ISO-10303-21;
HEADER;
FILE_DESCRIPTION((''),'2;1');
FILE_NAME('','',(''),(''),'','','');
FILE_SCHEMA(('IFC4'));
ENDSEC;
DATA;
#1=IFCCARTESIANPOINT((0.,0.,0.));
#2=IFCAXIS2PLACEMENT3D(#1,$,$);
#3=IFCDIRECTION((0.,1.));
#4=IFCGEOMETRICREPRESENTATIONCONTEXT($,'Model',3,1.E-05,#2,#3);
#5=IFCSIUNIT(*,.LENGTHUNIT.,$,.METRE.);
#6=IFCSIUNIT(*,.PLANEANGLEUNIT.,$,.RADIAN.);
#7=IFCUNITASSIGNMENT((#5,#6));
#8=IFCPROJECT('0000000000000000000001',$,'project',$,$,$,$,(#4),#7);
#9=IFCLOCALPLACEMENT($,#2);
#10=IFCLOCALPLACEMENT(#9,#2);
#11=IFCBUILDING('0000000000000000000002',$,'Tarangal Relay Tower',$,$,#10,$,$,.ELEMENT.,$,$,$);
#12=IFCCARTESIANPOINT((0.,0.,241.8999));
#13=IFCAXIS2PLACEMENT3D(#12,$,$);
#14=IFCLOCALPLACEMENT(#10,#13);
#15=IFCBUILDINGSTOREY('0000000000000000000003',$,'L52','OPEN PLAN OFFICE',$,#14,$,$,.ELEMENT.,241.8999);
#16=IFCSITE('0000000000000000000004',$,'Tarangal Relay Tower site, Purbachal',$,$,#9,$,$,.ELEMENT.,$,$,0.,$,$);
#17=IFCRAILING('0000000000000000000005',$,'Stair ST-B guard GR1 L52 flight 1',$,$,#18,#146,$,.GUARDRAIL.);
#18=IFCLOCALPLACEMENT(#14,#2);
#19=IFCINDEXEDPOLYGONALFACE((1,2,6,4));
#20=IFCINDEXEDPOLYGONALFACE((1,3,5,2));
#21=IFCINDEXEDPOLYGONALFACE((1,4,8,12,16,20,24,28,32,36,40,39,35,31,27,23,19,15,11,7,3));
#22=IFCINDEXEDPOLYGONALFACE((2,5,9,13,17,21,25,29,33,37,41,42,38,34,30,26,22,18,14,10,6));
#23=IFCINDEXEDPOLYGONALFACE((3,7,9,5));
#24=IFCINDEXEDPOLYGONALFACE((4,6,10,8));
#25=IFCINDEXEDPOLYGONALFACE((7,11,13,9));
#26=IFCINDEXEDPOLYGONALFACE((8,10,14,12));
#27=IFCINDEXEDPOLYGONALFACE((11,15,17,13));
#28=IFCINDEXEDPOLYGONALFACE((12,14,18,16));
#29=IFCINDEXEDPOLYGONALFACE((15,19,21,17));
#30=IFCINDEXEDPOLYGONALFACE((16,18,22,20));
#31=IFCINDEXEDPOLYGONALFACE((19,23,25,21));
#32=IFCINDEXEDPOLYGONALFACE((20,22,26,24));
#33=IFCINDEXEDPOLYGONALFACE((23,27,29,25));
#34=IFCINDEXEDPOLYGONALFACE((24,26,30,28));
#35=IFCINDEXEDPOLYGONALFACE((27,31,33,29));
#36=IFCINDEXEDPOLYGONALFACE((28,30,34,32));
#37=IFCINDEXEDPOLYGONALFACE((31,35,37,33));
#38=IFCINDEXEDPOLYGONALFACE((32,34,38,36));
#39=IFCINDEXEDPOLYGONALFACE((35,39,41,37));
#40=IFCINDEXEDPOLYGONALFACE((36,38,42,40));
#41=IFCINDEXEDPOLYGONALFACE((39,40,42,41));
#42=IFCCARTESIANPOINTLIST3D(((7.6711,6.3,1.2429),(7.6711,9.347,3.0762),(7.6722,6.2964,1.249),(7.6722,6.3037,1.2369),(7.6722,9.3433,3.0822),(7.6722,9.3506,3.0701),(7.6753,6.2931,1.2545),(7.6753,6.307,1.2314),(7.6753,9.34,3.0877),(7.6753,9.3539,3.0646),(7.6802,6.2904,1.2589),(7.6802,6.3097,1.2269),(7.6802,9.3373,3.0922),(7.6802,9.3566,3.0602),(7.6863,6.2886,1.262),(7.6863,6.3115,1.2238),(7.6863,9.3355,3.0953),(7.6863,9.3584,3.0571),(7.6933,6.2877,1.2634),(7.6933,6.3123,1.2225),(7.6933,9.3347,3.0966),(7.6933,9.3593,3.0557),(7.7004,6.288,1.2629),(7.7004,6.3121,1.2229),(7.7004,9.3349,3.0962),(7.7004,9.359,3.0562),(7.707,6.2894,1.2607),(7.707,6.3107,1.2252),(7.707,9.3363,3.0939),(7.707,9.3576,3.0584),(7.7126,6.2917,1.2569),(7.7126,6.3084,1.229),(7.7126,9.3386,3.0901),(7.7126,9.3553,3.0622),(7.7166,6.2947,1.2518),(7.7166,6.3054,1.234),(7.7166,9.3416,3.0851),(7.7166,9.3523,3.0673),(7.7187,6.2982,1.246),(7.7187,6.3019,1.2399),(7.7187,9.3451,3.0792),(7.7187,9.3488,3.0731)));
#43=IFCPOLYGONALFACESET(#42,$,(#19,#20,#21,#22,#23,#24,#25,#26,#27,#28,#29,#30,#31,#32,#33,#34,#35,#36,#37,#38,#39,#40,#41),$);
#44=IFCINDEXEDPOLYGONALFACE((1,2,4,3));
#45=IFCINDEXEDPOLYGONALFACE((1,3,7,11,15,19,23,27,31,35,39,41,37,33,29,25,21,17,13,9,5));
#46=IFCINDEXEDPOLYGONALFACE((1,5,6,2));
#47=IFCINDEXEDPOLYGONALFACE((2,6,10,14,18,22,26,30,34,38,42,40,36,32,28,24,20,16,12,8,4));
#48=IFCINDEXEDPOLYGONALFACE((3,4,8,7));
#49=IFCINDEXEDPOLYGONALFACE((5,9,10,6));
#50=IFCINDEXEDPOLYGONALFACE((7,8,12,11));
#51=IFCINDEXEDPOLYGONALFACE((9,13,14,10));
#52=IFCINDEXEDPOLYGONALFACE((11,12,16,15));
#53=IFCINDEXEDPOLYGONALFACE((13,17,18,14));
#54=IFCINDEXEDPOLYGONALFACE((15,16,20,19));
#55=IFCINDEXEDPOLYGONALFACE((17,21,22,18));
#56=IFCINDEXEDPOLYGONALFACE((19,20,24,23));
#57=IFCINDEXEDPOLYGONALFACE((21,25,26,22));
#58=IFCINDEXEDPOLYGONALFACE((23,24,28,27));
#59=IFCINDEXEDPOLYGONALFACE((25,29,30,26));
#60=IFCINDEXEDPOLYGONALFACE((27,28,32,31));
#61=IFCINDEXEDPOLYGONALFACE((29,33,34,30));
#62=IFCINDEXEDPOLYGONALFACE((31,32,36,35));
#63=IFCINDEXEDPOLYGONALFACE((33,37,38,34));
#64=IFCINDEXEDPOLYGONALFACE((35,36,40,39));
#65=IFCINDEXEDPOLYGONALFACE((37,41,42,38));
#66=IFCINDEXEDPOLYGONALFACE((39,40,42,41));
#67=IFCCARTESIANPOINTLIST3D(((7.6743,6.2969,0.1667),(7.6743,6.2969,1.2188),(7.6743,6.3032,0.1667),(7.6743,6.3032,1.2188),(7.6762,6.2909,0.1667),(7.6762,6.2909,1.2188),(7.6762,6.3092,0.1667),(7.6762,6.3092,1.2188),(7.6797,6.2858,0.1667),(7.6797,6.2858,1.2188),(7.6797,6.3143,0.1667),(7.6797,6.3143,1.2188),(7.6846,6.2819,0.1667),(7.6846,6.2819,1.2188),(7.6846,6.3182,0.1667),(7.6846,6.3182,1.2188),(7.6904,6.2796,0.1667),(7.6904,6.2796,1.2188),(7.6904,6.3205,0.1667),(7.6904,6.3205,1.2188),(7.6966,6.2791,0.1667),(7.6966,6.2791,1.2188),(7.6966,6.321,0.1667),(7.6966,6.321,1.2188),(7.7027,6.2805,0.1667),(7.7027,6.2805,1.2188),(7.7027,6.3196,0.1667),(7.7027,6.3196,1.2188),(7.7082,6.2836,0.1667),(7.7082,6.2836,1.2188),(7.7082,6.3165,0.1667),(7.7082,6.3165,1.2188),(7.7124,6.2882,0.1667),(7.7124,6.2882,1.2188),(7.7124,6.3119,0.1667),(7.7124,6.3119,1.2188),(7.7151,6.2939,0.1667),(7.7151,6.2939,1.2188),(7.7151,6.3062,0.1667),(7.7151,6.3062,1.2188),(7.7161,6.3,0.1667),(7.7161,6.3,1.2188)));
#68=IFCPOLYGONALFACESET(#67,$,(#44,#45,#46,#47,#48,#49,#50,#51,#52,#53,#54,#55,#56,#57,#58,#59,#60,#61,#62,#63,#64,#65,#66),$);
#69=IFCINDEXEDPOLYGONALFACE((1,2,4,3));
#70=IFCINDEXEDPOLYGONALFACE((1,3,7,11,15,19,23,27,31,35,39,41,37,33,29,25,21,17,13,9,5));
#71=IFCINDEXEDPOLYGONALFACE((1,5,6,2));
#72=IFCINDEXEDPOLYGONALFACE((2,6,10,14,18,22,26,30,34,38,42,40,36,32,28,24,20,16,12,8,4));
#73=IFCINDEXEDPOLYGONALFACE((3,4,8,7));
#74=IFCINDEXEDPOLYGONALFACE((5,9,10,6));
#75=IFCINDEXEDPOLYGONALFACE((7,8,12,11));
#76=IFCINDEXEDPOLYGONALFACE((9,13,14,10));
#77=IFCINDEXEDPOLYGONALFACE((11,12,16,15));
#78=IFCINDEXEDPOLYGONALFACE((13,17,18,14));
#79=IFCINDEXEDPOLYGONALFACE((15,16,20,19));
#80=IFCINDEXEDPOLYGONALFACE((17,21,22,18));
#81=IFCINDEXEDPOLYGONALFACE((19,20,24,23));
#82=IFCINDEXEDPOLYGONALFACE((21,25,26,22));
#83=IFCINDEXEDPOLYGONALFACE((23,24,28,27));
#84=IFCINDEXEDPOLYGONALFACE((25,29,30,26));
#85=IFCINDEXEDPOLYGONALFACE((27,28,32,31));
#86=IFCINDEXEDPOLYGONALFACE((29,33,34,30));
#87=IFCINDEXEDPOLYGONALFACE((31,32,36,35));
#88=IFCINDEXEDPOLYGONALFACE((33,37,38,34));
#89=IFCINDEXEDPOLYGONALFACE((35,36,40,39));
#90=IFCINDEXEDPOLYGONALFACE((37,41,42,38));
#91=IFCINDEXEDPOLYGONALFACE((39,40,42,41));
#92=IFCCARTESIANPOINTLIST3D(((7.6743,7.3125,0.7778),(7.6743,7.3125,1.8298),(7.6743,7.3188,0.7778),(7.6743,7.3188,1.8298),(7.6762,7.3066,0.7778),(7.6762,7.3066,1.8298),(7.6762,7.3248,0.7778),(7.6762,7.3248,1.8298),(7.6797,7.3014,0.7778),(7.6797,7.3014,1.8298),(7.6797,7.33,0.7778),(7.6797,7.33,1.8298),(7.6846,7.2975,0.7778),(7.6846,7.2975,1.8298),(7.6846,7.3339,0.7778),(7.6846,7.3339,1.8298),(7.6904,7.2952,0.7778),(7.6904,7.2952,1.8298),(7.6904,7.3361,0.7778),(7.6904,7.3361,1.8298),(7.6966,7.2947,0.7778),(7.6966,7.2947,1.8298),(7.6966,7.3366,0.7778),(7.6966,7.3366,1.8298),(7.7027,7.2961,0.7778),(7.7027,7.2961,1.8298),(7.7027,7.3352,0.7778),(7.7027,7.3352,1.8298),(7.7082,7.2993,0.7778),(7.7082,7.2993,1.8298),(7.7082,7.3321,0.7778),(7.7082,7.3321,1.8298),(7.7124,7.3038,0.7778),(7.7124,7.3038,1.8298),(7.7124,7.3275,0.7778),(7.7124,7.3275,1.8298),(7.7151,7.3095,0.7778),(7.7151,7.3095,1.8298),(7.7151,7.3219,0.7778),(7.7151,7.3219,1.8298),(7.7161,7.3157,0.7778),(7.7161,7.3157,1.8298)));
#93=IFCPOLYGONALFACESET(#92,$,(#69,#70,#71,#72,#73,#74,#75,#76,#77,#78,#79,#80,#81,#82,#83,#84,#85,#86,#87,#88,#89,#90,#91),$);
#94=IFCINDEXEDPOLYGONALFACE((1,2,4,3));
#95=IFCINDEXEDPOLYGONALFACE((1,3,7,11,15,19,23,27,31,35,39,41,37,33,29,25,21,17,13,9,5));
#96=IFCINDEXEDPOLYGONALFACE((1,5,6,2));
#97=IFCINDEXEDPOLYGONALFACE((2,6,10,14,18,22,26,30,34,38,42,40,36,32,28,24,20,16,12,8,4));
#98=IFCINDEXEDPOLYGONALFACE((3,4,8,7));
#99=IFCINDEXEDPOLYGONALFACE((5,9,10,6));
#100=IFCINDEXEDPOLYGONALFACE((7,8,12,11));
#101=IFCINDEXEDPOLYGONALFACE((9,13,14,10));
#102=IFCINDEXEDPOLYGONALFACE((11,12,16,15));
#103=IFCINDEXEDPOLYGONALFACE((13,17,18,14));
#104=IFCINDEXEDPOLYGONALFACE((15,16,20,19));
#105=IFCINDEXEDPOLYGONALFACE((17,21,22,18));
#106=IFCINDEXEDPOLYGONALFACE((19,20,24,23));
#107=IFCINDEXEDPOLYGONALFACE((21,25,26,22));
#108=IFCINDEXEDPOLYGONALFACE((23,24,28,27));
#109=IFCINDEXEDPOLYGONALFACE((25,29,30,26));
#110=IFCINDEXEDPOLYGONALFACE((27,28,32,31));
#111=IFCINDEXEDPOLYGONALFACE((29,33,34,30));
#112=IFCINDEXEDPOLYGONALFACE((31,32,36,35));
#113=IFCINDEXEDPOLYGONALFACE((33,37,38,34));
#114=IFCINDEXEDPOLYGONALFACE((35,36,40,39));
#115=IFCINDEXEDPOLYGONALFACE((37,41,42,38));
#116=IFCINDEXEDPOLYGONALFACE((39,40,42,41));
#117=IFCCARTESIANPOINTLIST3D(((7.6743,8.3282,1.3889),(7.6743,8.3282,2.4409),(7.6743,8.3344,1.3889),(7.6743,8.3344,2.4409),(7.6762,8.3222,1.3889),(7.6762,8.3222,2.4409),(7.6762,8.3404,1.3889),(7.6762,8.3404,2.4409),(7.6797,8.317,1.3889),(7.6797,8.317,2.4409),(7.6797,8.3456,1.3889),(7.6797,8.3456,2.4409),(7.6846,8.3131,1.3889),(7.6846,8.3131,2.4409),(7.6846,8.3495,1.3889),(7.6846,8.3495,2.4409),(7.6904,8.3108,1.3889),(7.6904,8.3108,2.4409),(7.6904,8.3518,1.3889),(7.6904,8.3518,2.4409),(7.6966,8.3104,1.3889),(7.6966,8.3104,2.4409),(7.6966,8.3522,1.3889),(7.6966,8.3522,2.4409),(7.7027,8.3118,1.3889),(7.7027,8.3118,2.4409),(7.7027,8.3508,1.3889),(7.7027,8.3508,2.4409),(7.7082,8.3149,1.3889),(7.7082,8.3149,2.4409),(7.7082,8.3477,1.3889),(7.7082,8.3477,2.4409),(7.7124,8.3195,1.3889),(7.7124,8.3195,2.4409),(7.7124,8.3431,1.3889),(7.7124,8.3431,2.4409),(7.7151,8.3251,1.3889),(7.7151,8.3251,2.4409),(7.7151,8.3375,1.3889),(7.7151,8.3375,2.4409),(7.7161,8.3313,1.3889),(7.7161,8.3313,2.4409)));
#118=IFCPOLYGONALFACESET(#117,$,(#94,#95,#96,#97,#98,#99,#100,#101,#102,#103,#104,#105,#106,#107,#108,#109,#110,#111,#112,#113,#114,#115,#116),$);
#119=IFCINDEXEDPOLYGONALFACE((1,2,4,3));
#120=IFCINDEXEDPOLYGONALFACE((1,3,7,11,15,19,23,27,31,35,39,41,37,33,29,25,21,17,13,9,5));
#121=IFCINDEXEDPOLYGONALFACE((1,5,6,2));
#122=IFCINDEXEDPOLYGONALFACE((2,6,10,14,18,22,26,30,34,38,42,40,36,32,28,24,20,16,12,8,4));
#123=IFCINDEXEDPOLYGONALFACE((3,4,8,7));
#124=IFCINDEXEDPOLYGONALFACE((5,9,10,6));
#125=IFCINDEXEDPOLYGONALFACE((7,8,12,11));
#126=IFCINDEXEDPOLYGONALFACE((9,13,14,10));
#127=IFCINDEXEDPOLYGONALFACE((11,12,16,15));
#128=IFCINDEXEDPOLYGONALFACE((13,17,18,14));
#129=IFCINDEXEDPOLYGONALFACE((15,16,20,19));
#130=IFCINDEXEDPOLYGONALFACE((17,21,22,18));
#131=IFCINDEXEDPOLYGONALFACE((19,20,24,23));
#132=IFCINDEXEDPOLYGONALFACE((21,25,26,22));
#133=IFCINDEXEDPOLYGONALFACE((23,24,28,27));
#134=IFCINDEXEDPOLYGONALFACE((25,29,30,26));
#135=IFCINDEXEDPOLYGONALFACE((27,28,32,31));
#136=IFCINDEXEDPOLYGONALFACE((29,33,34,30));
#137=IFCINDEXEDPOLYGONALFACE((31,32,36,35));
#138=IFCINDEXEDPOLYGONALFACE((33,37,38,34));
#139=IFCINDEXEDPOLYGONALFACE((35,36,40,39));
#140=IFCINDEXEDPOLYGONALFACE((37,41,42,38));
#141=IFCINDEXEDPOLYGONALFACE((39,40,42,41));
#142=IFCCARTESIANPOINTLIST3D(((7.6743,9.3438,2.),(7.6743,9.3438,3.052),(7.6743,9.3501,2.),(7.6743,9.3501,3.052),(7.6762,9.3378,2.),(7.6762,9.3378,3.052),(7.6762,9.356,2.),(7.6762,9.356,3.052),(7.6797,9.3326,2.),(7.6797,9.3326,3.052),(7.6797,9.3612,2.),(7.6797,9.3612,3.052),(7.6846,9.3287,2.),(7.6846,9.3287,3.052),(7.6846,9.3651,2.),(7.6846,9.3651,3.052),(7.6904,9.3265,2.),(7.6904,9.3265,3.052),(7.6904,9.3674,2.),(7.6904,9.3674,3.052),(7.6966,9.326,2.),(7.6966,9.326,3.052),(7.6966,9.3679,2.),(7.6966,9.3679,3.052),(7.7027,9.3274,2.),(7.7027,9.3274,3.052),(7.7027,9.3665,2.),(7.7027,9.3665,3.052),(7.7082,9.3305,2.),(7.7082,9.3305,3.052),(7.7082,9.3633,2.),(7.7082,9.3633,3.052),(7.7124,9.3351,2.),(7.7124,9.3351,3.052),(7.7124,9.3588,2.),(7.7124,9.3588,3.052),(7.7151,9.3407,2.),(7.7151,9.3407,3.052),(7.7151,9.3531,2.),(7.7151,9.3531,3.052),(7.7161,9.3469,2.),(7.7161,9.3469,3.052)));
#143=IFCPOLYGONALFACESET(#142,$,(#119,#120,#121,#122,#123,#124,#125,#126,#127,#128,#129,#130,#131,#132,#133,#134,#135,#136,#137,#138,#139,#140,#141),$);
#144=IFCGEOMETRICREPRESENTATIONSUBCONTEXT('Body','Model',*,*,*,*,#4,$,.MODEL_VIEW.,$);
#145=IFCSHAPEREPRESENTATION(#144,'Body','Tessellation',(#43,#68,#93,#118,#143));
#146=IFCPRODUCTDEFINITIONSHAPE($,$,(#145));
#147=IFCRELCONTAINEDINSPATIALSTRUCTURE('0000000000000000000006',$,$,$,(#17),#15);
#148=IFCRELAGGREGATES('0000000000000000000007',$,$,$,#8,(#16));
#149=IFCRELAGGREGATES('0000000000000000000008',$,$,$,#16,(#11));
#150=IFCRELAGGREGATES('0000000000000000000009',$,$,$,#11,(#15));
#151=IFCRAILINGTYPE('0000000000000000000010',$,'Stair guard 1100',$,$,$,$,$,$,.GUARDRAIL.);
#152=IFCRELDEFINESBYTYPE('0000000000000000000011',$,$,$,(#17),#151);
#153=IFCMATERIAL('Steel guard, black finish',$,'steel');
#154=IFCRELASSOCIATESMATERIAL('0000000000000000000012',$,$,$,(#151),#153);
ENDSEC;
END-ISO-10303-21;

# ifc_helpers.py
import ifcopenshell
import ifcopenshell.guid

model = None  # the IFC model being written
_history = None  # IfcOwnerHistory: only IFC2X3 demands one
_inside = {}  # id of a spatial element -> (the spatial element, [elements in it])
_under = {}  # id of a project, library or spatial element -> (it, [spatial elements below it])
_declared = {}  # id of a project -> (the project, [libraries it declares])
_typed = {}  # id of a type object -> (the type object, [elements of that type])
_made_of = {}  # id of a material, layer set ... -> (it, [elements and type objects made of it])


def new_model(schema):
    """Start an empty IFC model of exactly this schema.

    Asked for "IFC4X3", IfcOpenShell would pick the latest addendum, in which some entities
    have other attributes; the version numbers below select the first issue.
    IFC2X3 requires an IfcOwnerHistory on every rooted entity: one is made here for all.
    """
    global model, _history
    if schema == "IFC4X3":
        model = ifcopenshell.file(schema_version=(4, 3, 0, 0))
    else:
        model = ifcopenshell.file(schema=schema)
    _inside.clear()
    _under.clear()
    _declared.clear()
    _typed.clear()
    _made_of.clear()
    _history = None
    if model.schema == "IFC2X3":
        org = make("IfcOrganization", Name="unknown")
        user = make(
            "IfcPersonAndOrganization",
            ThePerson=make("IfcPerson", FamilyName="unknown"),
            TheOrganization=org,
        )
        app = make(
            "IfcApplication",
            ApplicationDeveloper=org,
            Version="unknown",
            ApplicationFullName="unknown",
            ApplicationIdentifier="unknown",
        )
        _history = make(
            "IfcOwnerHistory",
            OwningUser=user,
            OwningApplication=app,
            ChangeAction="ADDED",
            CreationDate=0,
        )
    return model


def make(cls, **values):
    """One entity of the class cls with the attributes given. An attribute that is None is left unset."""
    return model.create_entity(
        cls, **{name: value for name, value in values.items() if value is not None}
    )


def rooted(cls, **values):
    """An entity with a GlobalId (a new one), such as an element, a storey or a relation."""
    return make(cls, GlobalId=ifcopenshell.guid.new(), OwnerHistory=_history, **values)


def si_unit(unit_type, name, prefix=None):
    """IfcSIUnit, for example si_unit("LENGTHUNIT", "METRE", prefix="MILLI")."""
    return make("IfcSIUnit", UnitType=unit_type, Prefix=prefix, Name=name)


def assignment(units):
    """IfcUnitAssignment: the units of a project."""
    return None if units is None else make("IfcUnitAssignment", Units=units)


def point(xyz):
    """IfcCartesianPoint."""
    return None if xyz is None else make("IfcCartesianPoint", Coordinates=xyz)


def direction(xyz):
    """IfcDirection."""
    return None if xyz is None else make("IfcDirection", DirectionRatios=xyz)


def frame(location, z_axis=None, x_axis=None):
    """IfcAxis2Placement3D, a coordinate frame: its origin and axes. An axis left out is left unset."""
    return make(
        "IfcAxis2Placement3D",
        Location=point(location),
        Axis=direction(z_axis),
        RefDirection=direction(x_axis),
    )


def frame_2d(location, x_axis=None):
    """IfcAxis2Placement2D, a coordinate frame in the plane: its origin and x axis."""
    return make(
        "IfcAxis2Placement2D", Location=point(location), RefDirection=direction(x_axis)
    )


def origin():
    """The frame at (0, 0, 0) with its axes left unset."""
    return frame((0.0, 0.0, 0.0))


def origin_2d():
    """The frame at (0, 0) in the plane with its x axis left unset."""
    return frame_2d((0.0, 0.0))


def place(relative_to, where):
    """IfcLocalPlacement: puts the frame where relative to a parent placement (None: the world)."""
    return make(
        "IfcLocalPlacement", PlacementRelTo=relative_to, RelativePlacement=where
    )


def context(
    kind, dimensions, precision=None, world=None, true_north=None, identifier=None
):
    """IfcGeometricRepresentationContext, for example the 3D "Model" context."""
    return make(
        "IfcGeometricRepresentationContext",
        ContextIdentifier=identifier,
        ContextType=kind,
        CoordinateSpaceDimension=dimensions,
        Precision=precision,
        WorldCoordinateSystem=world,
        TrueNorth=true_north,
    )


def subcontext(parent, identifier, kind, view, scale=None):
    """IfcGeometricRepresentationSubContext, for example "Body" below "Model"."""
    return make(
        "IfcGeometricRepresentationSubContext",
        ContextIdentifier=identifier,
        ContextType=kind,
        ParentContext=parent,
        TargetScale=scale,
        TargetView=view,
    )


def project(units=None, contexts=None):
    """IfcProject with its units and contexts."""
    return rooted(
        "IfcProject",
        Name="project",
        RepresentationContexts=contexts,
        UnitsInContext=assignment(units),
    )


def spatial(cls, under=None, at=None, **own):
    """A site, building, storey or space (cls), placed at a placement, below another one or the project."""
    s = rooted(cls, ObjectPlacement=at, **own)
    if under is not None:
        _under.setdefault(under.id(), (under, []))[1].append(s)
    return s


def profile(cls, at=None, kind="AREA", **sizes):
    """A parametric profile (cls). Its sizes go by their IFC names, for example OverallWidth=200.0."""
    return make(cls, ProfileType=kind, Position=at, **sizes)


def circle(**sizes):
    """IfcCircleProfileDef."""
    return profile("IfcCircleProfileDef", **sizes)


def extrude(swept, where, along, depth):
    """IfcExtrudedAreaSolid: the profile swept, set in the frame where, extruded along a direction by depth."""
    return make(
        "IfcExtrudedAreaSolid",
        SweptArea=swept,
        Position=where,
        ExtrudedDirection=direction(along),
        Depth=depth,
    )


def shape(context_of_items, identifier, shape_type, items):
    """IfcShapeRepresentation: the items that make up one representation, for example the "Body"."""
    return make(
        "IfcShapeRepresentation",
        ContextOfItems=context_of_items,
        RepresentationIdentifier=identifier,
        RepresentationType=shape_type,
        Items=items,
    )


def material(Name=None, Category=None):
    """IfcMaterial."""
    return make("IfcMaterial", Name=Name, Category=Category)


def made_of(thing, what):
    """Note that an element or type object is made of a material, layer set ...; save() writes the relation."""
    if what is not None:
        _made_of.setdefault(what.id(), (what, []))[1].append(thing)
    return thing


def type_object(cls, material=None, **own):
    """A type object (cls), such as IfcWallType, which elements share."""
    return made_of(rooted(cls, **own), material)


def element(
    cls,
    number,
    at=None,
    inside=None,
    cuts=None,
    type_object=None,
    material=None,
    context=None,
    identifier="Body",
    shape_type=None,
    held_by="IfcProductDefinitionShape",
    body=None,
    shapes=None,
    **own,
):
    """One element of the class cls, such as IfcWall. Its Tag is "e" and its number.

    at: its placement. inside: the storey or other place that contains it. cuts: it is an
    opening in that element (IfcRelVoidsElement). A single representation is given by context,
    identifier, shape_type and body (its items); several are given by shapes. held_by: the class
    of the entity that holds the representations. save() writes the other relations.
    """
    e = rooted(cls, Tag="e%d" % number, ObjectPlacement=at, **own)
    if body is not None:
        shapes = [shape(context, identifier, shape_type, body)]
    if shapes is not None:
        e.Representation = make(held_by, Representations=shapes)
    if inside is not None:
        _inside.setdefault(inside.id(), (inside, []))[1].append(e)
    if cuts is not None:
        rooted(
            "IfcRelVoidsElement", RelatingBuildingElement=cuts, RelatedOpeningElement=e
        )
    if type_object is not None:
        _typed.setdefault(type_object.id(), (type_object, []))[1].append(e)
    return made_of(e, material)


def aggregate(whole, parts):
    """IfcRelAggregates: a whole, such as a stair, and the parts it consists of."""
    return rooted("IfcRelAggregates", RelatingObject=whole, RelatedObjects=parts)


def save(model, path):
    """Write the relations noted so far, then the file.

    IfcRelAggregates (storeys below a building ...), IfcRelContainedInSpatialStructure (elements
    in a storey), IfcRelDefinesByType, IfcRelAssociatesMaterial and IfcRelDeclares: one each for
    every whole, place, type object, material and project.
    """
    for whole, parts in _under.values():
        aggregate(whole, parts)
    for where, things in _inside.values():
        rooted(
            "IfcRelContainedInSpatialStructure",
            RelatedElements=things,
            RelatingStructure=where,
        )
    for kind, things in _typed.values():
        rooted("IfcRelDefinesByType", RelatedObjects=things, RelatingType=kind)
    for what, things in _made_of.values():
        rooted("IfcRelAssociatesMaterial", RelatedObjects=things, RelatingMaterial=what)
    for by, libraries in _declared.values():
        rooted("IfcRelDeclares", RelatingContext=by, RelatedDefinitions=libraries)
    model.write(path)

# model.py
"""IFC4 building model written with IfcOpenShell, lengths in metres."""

from ifc_helpers import new_model, si_unit, direction, frame, origin, origin_2d, place, context, subcontext, project, spatial, circle, extrude, material, type_object, element, save


model = new_model("IFC4")

# Units and contexts
model_context = context("Model", 3, precision=1e-05, world=origin(), true_north=direction((0.0, 1.0)))
body_context = subcontext(model_context, "Body", "Model", "MODEL_VIEW")
ifc_project = project(units=[si_unit("LENGTHUNIT", "METRE"), si_unit("PLANEANGLEUNIT", "RADIAN")], contexts=[model_context])

# Site, building, storey
site_placement = place(None, origin())
site = spatial("IfcSite", under=ifc_project, at=site_placement, Name="Tarangal Relay Tower site, Purbachal", CompositionType="ELEMENT", RefElevation=0.0)
building_placement = place(site_placement, origin())
building = spatial("IfcBuilding", under=site, at=building_placement, Name="Tarangal Relay Tower", CompositionType="ELEMENT")
storey_placement = place(building_placement, frame((0.0, 0.0, 241.8999)))
storey = spatial("IfcBuildingStorey", under=building, at=storey_placement, Name="L52", Description="OPEN PLAN OFFICE", CompositionType="ELEMENT", Elevation=241.8999)

# Railing
ifc_material_1 = material(Name="Steel guard, black finish", Category="steel")
railing_type_1 = type_object("IfcRailingType", Name="Stair guard 1100", PredefinedType="GUARDRAIL", material=ifc_material_1)
railing_1_placement = place(storey_placement, frame((7.6951, 6.3, 0.1667)))
element("IfcRailing", 1, at=railing_1_placement, inside=storey, type_object=railing_type_1, Name="Stair ST-B guard GR1 L52 flight 1", PredefinedType="GUARDRAIL", context=body_context, shape_type="SweptSolid", body=[
    extrude(circle(Radius=0.0239, at=origin_2d()), frame((0.0, 0.0, 1.0762), z_axis=(0.0, 0.856856, 0.515556), x_axis=(-1.0, 0.0, 0.0)), (0.0, 0.0, 1.0), 3.5559),
    extrude(circle(Radius=0.021, at=origin_2d()), origin(), (0.0, 0.0, 1.0), 1.052),
    extrude(circle(Radius=0.021, at=origin_2d()), frame((0.0, 1.0156, 0.6111)), (0.0, 0.0, 1.0), 1.052),
    extrude(circle(Radius=0.021, at=origin_2d()), frame((0.0, 2.0312, 1.2222)), (0.0, 0.0, 1.0), 1.052),
    extrude(circle(Radius=0.021, at=origin_2d()), frame((0.0, 3.0469, 1.8333)), (0.0, 0.0, 1.0), 1.052),
])

save(model, "model.ifc")
